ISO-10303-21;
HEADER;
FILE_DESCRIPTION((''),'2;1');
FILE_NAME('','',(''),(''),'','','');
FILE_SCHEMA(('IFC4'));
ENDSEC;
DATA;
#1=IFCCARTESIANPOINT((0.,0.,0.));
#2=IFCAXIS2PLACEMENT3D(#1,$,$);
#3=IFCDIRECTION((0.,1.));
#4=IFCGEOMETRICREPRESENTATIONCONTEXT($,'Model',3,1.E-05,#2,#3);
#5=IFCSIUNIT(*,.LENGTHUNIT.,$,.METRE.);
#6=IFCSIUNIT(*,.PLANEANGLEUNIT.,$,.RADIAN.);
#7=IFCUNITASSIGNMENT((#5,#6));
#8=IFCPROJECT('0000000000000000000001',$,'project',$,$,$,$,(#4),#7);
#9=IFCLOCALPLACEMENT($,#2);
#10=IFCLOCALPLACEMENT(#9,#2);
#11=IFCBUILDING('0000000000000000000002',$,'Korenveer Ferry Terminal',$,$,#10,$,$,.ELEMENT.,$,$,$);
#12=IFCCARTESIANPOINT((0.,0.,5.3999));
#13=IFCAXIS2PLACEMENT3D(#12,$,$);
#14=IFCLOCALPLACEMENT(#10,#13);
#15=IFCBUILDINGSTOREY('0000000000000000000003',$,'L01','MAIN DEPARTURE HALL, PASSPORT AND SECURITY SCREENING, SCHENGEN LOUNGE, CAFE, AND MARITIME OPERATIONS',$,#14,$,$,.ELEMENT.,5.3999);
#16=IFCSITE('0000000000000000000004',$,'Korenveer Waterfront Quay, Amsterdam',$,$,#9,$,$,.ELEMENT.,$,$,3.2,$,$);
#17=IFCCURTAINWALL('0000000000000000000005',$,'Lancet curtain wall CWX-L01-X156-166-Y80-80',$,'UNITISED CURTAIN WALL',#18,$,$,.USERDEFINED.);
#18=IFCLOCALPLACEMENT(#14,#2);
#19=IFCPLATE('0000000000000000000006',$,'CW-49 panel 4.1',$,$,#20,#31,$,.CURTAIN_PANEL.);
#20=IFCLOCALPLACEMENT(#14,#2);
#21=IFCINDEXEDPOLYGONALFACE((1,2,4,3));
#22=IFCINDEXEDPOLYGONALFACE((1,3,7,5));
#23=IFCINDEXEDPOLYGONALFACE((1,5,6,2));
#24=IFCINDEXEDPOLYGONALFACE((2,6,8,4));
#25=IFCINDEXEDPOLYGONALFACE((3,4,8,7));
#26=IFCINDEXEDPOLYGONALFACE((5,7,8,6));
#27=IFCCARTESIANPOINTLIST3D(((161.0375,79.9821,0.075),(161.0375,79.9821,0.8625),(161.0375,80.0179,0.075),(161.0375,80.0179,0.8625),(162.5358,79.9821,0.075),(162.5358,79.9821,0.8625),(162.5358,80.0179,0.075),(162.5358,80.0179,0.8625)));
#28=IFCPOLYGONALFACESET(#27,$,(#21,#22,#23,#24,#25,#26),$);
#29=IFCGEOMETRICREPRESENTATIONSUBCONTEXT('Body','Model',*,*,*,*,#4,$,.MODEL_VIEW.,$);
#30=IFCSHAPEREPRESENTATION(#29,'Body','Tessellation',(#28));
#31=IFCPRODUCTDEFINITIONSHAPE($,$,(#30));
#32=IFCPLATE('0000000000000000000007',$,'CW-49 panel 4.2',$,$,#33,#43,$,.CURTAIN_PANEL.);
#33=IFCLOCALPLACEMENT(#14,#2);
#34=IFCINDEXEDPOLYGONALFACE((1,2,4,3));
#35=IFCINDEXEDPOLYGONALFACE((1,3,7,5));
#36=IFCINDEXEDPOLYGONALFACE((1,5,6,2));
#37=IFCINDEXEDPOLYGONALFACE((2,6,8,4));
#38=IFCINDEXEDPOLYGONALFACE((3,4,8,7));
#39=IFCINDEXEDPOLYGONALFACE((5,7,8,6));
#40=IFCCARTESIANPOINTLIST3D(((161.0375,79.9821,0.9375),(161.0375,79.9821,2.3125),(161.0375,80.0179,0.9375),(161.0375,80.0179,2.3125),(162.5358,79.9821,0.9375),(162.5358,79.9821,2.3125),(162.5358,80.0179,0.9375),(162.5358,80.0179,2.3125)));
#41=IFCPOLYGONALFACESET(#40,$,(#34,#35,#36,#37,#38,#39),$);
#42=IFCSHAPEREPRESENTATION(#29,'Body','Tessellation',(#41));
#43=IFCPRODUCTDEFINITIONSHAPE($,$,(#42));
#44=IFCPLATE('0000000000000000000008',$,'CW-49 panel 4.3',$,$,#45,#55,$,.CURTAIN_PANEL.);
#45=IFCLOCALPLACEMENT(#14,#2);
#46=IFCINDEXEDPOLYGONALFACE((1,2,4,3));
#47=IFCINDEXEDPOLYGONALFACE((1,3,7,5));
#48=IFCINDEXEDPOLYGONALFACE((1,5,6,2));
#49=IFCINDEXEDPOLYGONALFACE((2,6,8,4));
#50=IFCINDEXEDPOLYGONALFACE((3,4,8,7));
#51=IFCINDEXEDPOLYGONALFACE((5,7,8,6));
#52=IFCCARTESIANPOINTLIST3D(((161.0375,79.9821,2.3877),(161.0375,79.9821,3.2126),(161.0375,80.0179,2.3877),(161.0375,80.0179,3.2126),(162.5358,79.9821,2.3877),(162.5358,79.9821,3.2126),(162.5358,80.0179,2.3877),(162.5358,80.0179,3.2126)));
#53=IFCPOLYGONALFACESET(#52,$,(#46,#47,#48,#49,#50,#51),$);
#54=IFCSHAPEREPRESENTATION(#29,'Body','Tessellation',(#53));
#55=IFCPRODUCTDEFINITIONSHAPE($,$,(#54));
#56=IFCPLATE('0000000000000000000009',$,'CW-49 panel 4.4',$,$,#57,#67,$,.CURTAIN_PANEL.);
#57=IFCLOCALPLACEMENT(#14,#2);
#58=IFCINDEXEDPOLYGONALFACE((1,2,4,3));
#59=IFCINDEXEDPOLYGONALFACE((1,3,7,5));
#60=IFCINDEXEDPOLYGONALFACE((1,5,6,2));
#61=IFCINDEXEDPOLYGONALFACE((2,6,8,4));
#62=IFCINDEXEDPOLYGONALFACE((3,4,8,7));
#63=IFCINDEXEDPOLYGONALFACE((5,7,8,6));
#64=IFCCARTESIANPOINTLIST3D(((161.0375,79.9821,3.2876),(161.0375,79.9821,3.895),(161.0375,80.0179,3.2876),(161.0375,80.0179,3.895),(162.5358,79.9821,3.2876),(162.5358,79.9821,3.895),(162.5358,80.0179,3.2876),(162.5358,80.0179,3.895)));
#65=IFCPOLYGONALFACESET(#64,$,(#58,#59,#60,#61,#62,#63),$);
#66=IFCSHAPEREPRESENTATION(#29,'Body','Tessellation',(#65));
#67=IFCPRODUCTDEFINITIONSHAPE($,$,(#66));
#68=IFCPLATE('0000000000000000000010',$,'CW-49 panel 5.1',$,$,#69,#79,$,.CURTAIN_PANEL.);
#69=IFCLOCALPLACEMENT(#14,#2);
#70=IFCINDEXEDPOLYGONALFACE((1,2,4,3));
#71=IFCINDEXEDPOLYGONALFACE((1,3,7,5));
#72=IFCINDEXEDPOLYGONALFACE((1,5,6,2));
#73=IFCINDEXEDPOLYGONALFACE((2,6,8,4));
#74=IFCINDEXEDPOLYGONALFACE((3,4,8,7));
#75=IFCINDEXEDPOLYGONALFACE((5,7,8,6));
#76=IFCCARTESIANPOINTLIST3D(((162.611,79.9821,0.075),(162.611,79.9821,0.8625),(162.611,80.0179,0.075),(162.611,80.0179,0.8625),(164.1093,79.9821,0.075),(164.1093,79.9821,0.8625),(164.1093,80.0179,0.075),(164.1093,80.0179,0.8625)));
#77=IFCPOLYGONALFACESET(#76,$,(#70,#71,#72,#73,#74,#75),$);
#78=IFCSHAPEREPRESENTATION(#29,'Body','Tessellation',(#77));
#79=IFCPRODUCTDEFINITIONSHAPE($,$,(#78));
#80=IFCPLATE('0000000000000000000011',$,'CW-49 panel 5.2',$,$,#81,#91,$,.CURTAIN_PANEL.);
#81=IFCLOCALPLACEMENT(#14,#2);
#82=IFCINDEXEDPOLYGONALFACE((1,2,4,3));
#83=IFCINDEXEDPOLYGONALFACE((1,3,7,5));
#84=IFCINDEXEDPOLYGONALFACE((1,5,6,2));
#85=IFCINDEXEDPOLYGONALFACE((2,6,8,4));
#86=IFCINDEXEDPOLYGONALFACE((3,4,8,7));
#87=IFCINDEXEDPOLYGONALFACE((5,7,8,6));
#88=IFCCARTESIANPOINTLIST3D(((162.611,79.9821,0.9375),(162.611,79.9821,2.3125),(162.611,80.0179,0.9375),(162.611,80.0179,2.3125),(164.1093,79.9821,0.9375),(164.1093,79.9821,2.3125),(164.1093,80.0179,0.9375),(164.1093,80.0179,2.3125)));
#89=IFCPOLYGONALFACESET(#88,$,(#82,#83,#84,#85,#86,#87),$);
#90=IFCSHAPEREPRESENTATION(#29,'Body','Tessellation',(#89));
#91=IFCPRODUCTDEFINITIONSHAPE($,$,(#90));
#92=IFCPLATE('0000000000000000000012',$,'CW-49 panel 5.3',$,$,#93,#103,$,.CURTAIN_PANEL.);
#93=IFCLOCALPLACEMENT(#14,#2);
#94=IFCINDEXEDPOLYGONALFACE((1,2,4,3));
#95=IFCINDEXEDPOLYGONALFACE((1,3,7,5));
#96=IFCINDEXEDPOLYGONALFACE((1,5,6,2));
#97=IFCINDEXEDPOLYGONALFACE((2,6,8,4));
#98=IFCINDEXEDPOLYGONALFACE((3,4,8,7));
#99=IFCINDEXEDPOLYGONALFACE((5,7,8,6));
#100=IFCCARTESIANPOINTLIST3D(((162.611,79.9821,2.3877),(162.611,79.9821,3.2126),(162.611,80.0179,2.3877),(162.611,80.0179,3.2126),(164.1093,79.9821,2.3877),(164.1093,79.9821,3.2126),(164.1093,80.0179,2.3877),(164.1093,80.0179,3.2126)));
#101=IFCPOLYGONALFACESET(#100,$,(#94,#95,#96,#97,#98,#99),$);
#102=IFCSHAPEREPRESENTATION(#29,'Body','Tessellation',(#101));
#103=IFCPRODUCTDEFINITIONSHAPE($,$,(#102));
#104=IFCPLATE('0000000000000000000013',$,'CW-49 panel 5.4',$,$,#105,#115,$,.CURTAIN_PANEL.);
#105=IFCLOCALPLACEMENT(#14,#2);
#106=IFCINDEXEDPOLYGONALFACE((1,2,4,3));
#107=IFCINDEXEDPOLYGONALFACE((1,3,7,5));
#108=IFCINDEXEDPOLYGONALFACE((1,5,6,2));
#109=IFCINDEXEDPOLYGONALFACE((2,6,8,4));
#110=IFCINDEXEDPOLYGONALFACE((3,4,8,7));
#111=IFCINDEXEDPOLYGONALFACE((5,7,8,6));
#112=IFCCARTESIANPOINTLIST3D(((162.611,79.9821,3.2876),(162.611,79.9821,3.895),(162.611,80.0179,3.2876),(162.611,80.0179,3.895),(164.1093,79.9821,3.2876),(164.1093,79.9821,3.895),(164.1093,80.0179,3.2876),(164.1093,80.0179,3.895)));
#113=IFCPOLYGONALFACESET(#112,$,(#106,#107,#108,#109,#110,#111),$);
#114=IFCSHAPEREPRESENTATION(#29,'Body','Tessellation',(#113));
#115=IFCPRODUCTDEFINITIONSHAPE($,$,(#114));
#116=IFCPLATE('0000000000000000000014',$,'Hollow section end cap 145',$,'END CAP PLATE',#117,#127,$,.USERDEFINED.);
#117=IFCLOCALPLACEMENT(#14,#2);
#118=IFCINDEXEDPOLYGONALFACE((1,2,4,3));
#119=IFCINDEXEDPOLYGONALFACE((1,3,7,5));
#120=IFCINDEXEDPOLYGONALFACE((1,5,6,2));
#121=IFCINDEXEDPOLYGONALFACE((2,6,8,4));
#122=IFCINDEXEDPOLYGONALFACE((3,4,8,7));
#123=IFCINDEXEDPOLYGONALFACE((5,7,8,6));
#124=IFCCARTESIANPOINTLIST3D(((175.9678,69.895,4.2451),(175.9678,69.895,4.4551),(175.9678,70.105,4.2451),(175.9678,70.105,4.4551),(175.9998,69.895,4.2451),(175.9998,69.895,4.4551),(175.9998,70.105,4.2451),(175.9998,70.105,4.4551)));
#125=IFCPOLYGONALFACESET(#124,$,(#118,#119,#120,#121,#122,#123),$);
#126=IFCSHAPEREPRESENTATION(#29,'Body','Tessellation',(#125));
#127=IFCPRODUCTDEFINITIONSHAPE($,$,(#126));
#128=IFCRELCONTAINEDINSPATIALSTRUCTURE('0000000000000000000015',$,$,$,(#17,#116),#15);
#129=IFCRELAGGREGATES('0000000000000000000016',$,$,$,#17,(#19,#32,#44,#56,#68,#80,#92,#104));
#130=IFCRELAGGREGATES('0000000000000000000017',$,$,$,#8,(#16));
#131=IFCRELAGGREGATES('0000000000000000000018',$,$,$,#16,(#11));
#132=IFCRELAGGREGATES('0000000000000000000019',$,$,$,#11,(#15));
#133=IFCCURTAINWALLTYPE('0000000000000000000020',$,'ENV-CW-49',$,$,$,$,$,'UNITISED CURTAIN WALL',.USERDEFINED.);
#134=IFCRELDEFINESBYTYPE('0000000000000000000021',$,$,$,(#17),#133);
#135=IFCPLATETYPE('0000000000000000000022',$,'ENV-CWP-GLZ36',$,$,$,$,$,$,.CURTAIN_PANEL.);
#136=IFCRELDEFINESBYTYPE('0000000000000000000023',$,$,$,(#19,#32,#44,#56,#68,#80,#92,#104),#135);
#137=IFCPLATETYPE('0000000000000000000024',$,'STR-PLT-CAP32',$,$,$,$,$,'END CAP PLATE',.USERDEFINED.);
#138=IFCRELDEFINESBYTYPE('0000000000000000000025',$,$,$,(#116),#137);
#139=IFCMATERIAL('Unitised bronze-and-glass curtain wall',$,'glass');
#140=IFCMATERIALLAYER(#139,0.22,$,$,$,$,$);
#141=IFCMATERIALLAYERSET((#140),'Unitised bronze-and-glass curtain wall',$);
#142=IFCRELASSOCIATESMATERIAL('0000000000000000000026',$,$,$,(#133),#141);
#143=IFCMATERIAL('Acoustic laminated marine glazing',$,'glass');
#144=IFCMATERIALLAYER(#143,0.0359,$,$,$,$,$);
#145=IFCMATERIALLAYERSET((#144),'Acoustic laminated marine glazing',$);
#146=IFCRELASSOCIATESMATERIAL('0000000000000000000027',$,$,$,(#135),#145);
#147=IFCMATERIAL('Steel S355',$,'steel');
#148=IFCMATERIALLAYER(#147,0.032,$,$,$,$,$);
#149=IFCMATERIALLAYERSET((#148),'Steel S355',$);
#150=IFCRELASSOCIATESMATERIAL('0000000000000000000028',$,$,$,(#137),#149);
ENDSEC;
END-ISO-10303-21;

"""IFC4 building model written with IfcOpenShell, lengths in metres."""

from ifc_helpers import new_model, si_unit, direction, frame, origin, origin_2d, place, context, subcontext, project, spatial, rectangle, extrude, material, layer, layer_set, type_object, element, aggregate, save


model = new_model("IFC4")

# Units and contexts
model_context = context("Model", 3, precision=1e-05, world=origin(), true_north=direction((0.0, 1.0)))
body_context = subcontext(model_context, "Body", "Model", "MODEL_VIEW")
ifc_project = project(units=[si_unit("LENGTHUNIT", "METRE"), si_unit("PLANEANGLEUNIT", "RADIAN")], contexts=[model_context])

# Site, building, storey
site_placement = place(None, origin())
site = spatial("IfcSite", under=ifc_project, at=site_placement, Name="Korenveer Waterfront Quay, Amsterdam", CompositionType="ELEMENT", RefElevation=3.2)
building_placement = place(site_placement, origin())
building = spatial("IfcBuilding", under=site, at=building_placement, Name="Korenveer Ferry Terminal", CompositionType="ELEMENT")
storey_placement = place(building_placement, frame((0.0, 0.0, 5.3999)))
storey = spatial("IfcBuildingStorey", under=building, at=storey_placement, Name="L01", Description="MAIN DEPARTURE HALL, PASSPORT AND SECURITY SCREENING, SCHENGEN LOUNGE, CAFE, AND MARITIME OPERATIONS", CompositionType="ELEMENT", Elevation=5.3999)

# Shared definitions
ifc_material_1 = material(Name="Unitised bronze-and-glass curtain wall", Category="glass")

# Curtain wall
ifc_layer_1 = layer(ifc_material_1, 0.22)
ifc_layer_set_1 = layer_set([ifc_layer_1], Name="Unitised bronze-and-glass curtain wall")
curtain_wall_type_1 = type_object("IfcCurtainWallType", Name="ENV-CW-49", ElementType="UNITISED CURTAIN WALL", PredefinedType="USERDEFINED", material=ifc_layer_set_1)
curtain_wall_1_placement = place(storey_placement, frame((156.28, 80.0, 0.0)))
curtain_wall_1 = element("IfcCurtainWall", 1, at=curtain_wall_1_placement, inside=storey, type_object=curtain_wall_type_1, Name="Lancet curtain wall CWX-L01-X156-166-Y80-80", ObjectType="UNITISED CURTAIN WALL", PredefinedType="USERDEFINED")

# Shared definitions
ifc_material_2 = material(Name="Steel S355", Category="steel")

# Plates
ifc_material_3 = material(Name="Acoustic laminated marine glazing", Category="glass")
ifc_layer_2 = layer(ifc_material_3, 0.0359)
ifc_layer_set_2 = layer_set([ifc_layer_2], Name="Acoustic laminated marine glazing")
plate_type_1 = type_object("IfcPlateType", Name="ENV-CWP-GLZ36", PredefinedType="CURTAIN_PANEL", material=ifc_layer_set_2)
plate_1_placement = place(storey_placement, frame((161.7866, 80.0, 0.075), z_axis=(0.0, 0.0, 1.0), x_axis=(1.0, 0.0, 0.0)))
plate_1 = element("IfcPlate", 2, at=plate_1_placement, type_object=plate_type_1, Name="CW-49 panel 4.1", PredefinedType="CURTAIN_PANEL", context=body_context, shape_type="SweptSolid", body=[
    extrude(rectangle(XDim=1.4983, YDim=0.0359, at=origin_2d()), origin(), (0.0, 0.0, 1.0), 0.7876),
])
plate_2_placement = place(storey_placement, frame((161.7866, 80.0, 0.9375), z_axis=(0.0, 0.0, 1.0), x_axis=(1.0, 0.0, 0.0)))
plate_2 = element("IfcPlate", 3, at=plate_2_placement, type_object=plate_type_1, Name="CW-49 panel 4.2", PredefinedType="CURTAIN_PANEL", context=body_context, shape_type="SweptSolid", body=[
    extrude(rectangle(XDim=1.4983, YDim=0.0359, at=origin_2d()), origin(), (0.0, 0.0, 1.0), 1.375),
])
plate_3_placement = place(storey_placement, frame((161.7866, 80.0, 2.3877), z_axis=(0.0, 0.0, 1.0), x_axis=(1.0, 0.0, 0.0)))
plate_3 = element("IfcPlate", 4, at=plate_3_placement, type_object=plate_type_1, Name="CW-49 panel 4.3", PredefinedType="CURTAIN_PANEL", context=body_context, shape_type="SweptSolid", body=[
    extrude(rectangle(XDim=1.4983, YDim=0.0359, at=origin_2d()), origin(), (0.0, 0.0, 1.0), 0.825),
])
plate_4_placement = place(storey_placement, frame((161.7866, 80.0, 3.2876), z_axis=(0.0, 0.0, 1.0), x_axis=(1.0, 0.0, 0.0)))
plate_4 = element("IfcPlate", 5, at=plate_4_placement, type_object=plate_type_1, Name="CW-49 panel 4.4", PredefinedType="CURTAIN_PANEL", context=body_context, shape_type="SweptSolid", body=[
    extrude(rectangle(XDim=1.4983, YDim=0.0359, at=origin_2d()), origin(), (0.0, 0.0, 1.0), 0.6074),
])
plate_5_placement = place(storey_placement, frame((163.3601, 80.0, 0.075), z_axis=(0.0, 0.0, 1.0), x_axis=(1.0, 0.0, 0.0)))
plate_5 = element("IfcPlate", 6, at=plate_5_placement, type_object=plate_type_1, Name="CW-49 panel 5.1", PredefinedType="CURTAIN_PANEL", context=body_context, shape_type="SweptSolid", body=[
    extrude(rectangle(XDim=1.4983, YDim=0.0359, at=origin_2d()), origin(), (0.0, 0.0, 1.0), 0.7876),
])
plate_6_placement = place(storey_placement, frame((163.3601, 80.0, 0.9375), z_axis=(0.0, 0.0, 1.0), x_axis=(1.0, 0.0, 0.0)))
plate_6 = element("IfcPlate", 7, at=plate_6_placement, type_object=plate_type_1, Name="CW-49 panel 5.2", PredefinedType="CURTAIN_PANEL", context=body_context, shape_type="SweptSolid", body=[
    extrude(rectangle(XDim=1.4983, YDim=0.0359, at=origin_2d()), origin(), (0.0, 0.0, 1.0), 1.375),
])
plate_7_placement = place(storey_placement, frame((163.3601, 80.0, 2.3877), z_axis=(0.0, 0.0, 1.0), x_axis=(1.0, 0.0, 0.0)))
plate_7 = element("IfcPlate", 8, at=plate_7_placement, type_object=plate_type_1, Name="CW-49 panel 5.3", PredefinedType="CURTAIN_PANEL", context=body_context, shape_type="SweptSolid", body=[
    extrude(rectangle(XDim=1.4983, YDim=0.0359, at=origin_2d()), origin(), (0.0, 0.0, 1.0), 0.825),
])
plate_8_placement = place(storey_placement, frame((163.3601, 80.0, 3.2876), z_axis=(0.0, 0.0, 1.0), x_axis=(1.0, 0.0, 0.0)))
plate_8 = element("IfcPlate", 9, at=plate_8_placement, type_object=plate_type_1, Name="CW-49 panel 5.4", PredefinedType="CURTAIN_PANEL", context=body_context, shape_type="SweptSolid", body=[
    extrude(rectangle(XDim=1.4983, YDim=0.0359, at=origin_2d()), origin(), (0.0, 0.0, 1.0), 0.6074),
])
aggregate(curtain_wall_1, [plate_1, plate_2, plate_3, plate_4, plate_5, plate_6, plate_7, plate_8])
ifc_layer_3 = layer(ifc_material_2, 0.032)
ifc_layer_set_3 = layer_set([ifc_layer_3], Name="Steel S355")
plate_type_2 = type_object("IfcPlateType", Name="STR-PLT-CAP32", ElementType="END CAP PLATE", PredefinedType="USERDEFINED", material=ifc_layer_set_3)
plate_9_placement = place(storey_placement, frame((175.9678, 70.0, 4.3501), z_axis=(1.0, 0.0, 0.0), x_axis=(0.0, 1.0, 0.0)))
element("IfcPlate", 10, at=plate_9_placement, inside=storey, type_object=plate_type_2, Name="Hollow section end cap 145", ObjectType="END CAP PLATE", PredefinedType="USERDEFINED", context=body_context, shape_type="SweptSolid", body=[
    extrude(rectangle(XDim=0.21, YDim=0.21, at=origin_2d()), origin(), (0.0, 0.0, 1.0), 0.032),
])

save(model, "model.ifc")
